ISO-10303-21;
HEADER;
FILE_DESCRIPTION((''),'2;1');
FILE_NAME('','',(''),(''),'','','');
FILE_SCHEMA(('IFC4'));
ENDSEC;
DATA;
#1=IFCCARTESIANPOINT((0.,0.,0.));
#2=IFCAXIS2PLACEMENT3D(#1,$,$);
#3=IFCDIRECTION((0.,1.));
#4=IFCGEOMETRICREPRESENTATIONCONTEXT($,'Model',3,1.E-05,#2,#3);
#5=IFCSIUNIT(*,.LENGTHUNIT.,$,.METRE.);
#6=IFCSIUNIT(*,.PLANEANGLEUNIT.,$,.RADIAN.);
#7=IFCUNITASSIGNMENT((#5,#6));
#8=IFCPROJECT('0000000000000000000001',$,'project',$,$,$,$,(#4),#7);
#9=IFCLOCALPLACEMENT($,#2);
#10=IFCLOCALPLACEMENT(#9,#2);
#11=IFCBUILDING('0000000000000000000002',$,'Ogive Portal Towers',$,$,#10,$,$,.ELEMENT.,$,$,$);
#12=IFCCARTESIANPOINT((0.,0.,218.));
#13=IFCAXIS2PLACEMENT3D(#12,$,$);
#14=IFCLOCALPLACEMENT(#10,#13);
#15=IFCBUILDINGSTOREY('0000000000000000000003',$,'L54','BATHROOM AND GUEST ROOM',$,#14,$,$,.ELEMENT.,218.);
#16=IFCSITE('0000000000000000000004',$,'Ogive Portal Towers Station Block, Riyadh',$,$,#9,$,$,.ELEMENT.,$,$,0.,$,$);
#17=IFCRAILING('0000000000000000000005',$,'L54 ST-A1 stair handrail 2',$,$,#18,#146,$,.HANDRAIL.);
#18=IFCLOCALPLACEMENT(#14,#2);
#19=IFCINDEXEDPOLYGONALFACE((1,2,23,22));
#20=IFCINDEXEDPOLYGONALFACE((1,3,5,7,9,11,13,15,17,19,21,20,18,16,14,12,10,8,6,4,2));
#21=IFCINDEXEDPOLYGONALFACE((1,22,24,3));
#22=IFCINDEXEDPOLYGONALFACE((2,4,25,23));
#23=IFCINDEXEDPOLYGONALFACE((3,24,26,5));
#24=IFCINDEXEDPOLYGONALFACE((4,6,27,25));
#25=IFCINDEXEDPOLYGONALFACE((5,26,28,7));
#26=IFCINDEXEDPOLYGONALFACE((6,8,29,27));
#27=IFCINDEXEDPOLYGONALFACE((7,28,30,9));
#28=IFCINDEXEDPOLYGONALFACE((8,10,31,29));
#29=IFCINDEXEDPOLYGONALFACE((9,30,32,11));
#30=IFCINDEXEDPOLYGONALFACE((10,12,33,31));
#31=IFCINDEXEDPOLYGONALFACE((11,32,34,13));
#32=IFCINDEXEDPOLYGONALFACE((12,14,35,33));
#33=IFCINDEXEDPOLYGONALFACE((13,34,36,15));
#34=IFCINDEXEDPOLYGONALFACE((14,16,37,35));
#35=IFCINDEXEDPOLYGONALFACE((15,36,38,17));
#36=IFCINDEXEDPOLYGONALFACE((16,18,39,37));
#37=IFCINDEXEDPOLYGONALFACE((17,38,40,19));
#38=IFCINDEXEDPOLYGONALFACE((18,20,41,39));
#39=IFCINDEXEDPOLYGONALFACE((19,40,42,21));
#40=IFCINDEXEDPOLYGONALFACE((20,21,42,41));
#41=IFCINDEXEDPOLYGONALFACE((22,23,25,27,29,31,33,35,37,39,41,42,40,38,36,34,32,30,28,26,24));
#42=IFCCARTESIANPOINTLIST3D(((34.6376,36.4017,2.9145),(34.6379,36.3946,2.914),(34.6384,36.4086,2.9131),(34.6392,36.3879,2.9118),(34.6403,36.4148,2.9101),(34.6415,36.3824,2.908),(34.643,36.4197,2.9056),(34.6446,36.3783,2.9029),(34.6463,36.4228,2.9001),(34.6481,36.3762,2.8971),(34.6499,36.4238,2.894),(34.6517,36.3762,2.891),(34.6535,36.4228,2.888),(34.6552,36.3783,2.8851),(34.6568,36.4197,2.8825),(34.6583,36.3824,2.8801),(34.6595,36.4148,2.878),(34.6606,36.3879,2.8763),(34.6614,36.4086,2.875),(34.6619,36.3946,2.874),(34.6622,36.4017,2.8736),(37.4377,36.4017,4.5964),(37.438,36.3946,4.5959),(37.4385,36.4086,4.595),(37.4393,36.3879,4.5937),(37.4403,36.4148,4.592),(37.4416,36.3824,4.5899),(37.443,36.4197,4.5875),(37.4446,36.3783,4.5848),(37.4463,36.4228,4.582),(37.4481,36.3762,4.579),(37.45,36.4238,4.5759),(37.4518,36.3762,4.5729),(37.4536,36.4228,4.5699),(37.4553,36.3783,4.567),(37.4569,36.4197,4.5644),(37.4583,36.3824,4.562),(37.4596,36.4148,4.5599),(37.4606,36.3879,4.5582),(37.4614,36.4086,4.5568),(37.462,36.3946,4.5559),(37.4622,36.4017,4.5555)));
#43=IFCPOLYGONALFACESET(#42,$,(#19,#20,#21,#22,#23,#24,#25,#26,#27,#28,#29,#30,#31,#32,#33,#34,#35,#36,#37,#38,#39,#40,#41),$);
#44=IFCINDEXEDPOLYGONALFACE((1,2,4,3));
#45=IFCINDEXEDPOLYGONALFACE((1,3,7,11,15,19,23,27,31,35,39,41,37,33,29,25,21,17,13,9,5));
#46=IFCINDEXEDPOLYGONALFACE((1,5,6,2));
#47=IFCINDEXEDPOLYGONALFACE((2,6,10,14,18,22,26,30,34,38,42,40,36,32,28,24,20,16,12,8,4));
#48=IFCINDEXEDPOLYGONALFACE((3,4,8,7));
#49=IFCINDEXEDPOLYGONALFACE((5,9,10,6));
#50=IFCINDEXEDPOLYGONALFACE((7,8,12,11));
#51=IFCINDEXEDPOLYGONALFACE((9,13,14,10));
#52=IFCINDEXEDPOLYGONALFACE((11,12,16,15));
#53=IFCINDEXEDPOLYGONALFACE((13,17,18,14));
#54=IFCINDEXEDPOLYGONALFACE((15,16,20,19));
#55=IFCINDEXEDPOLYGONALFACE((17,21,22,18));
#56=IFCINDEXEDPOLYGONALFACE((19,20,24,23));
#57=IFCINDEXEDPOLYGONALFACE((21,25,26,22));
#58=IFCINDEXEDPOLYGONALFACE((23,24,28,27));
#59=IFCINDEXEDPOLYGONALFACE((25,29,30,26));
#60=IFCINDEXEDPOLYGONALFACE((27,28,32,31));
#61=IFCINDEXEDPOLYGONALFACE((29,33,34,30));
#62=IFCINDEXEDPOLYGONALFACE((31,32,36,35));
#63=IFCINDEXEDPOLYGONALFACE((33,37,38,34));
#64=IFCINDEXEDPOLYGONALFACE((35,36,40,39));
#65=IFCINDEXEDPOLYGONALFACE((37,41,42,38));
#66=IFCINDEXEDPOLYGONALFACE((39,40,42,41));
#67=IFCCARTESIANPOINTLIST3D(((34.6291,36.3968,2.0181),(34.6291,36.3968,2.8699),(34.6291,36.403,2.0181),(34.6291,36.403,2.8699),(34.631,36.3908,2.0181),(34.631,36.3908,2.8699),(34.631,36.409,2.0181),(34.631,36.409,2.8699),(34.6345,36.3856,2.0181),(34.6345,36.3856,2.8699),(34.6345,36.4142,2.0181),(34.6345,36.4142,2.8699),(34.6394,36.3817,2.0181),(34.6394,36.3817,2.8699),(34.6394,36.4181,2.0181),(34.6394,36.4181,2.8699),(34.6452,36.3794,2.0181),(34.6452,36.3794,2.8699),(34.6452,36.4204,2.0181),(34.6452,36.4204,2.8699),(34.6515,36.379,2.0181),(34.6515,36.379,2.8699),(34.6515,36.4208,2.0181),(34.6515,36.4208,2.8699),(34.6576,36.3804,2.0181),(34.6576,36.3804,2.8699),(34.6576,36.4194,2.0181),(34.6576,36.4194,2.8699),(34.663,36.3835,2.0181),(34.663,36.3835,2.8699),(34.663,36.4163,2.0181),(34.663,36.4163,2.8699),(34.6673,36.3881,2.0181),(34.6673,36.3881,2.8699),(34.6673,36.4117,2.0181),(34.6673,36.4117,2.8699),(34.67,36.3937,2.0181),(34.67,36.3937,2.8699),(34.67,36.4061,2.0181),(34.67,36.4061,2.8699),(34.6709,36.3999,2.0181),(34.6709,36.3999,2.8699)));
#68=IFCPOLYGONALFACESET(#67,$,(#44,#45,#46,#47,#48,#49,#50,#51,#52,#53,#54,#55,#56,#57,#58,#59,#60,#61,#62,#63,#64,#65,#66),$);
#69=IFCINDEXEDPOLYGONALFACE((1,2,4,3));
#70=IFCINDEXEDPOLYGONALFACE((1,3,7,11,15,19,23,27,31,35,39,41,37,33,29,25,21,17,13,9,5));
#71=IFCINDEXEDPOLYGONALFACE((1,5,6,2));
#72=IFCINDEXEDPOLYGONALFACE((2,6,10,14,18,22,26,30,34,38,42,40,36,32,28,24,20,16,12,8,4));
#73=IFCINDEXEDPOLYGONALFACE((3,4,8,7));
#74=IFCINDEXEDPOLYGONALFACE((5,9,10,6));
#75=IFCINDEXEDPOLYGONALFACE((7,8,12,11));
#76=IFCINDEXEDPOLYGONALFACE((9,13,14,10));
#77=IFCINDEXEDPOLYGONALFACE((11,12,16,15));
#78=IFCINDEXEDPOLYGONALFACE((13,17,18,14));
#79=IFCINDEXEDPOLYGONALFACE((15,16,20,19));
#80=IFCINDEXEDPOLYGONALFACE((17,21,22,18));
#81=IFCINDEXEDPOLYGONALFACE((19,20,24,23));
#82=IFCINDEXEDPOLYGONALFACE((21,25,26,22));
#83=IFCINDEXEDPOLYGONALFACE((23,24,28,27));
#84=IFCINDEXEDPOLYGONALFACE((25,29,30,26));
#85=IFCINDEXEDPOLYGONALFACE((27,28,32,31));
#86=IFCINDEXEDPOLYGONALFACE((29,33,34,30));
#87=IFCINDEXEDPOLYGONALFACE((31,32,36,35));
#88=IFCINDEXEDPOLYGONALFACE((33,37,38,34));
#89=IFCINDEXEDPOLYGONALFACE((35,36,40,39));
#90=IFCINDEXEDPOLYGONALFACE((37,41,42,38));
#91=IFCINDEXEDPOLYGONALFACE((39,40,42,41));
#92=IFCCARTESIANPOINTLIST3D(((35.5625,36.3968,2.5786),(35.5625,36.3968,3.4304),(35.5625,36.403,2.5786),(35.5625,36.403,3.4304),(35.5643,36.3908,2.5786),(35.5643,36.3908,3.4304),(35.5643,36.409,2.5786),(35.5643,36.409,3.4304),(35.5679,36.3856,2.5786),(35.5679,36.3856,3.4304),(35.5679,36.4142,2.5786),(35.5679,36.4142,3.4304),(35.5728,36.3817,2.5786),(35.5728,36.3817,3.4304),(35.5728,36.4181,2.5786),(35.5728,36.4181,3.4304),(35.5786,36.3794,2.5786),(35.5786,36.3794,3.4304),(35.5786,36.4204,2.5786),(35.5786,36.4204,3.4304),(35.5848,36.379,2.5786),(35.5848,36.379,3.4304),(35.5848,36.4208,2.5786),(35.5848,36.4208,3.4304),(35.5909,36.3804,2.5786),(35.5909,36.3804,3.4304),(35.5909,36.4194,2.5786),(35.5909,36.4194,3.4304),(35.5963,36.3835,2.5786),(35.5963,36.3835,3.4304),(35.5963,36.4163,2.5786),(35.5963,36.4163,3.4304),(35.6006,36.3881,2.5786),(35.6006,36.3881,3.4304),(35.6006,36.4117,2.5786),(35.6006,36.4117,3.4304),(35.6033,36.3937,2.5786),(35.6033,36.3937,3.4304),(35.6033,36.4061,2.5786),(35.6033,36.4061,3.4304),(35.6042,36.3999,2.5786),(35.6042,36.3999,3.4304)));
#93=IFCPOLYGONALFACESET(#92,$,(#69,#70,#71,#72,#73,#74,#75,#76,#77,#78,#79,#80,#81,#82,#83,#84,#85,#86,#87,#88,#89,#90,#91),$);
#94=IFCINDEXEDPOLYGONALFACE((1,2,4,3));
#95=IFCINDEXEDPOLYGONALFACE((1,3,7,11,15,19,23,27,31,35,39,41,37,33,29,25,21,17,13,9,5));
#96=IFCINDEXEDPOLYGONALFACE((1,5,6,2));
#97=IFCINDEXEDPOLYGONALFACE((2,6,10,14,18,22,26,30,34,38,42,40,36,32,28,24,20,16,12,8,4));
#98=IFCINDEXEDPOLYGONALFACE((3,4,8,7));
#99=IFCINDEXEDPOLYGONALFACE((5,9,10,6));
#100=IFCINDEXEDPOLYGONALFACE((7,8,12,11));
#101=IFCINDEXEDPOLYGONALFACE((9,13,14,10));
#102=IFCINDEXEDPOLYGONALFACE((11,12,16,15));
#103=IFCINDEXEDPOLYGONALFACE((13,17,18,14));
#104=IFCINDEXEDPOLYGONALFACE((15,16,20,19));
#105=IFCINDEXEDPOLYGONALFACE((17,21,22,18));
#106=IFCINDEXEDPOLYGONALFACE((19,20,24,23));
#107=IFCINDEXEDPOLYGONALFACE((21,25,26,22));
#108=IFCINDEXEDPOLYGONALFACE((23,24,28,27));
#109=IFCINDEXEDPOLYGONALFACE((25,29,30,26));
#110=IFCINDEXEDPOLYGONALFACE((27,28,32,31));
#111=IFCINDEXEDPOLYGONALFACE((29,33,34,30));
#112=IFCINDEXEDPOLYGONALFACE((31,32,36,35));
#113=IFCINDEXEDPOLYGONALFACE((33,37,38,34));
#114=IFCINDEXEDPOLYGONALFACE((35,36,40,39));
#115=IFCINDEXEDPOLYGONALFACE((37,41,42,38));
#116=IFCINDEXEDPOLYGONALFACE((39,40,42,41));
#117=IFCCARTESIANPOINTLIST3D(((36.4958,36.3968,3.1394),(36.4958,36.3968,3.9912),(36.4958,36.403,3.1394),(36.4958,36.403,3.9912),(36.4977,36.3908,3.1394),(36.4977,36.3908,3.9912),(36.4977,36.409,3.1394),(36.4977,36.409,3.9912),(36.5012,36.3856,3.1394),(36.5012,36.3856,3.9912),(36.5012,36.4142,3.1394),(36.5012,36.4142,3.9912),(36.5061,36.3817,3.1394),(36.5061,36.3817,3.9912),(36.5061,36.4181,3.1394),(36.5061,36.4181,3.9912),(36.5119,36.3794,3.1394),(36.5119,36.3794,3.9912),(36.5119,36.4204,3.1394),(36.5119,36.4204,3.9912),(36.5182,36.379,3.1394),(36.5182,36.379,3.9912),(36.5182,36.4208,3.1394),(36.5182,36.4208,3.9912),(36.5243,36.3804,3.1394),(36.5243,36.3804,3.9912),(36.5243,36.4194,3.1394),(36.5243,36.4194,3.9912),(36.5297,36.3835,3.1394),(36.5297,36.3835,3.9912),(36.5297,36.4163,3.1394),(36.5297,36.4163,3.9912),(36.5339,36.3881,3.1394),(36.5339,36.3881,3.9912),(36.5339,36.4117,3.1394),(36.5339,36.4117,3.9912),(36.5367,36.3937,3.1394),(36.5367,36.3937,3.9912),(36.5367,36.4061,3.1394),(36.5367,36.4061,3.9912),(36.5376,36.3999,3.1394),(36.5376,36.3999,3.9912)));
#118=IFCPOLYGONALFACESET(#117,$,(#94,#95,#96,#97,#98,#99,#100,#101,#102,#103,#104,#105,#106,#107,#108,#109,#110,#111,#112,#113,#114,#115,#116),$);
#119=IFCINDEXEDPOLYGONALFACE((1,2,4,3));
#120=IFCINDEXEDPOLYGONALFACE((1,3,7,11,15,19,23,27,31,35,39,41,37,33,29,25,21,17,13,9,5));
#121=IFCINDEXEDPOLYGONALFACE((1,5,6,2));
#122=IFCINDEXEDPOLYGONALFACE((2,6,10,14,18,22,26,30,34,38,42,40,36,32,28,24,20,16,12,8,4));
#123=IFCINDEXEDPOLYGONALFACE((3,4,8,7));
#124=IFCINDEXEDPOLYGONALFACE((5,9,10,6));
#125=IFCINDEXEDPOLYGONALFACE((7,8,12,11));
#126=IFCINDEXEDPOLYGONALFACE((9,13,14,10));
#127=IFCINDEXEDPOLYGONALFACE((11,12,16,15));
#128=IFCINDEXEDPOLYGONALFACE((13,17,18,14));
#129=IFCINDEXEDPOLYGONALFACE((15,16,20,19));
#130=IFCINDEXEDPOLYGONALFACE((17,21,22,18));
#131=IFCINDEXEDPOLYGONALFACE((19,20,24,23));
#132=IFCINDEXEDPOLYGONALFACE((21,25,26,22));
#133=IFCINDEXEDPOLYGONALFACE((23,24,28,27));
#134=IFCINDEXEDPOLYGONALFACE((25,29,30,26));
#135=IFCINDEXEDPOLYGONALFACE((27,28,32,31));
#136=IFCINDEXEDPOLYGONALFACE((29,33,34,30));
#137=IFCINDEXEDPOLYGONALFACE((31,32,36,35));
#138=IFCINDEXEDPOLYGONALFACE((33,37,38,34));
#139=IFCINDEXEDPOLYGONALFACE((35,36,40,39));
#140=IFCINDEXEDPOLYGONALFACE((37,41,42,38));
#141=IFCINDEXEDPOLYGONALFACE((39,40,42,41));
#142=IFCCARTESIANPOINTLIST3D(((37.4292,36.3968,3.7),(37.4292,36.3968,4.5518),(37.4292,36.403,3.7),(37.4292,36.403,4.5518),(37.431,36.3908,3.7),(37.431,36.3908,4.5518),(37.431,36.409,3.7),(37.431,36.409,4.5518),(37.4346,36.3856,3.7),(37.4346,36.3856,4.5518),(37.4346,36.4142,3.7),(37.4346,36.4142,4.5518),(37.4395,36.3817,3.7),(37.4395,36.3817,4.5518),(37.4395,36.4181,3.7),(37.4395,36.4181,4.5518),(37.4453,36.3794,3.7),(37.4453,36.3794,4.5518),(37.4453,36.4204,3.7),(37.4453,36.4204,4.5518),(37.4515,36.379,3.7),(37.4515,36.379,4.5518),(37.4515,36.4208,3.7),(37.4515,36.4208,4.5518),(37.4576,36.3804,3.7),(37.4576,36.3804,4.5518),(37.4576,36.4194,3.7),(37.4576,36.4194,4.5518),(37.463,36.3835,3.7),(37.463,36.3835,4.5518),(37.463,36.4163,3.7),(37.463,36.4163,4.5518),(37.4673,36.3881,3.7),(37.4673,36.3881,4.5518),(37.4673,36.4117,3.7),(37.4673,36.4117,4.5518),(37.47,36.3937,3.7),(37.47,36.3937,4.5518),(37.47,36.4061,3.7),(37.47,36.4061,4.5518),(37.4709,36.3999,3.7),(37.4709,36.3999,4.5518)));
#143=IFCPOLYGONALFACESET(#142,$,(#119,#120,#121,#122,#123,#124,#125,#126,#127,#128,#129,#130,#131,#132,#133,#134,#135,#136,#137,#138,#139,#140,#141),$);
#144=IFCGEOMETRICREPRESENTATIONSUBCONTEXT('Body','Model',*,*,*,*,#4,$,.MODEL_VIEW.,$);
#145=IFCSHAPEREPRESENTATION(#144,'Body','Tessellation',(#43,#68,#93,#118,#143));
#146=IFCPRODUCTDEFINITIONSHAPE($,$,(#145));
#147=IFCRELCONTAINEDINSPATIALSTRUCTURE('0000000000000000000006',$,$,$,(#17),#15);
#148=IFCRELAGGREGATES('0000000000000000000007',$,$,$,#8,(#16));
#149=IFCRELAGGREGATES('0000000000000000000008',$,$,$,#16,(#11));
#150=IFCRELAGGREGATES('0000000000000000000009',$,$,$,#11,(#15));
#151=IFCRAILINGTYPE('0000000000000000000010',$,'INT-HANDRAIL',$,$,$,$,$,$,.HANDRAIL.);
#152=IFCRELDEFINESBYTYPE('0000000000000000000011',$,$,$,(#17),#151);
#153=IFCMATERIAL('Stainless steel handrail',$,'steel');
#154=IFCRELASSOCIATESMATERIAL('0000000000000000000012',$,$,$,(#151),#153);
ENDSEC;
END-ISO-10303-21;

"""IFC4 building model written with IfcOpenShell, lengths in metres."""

from ifc_helpers import new_model, si_unit, direction, frame, origin, origin_2d, place, context, subcontext, project, spatial, circle, extrude, material, type_object, element, save


model = new_model("IFC4")

# Units and contexts
model_context = context("Model", 3, precision=1e-05, world=origin(), true_north=direction((0.0, 1.0)))
body_context = subcontext(model_context, "Body", "Model", "MODEL_VIEW")
ifc_project = project(units=[si_unit("LENGTHUNIT", "METRE"), si_unit("PLANEANGLEUNIT", "RADIAN")], contexts=[model_context])

# Site, building, storey
site_placement = place(None, origin())
site = spatial("IfcSite", under=ifc_project, at=site_placement, Name="Ogive Portal Towers Station Block, Riyadh", CompositionType="ELEMENT", RefElevation=0.0)
building_placement = place(site_placement, origin())
building = spatial("IfcBuilding", under=site, at=building_placement, Name="Ogive Portal Towers", CompositionType="ELEMENT")
storey_placement = place(building_placement, frame((0.0, 0.0, 218.0)))
storey = spatial("IfcBuildingStorey", under=building, at=storey_placement, Name="L54", Description="BATHROOM AND GUEST ROOM", CompositionType="ELEMENT", Elevation=218.0)

# Railing
ifc_material_1 = material(Name="Stainless steel handrail", Category="steel")
railing_type_1 = type_object("IfcRailingType", Name="INT-HANDRAIL", PredefinedType="HANDRAIL", material=ifc_material_1)
railing_1_placement = place(storey_placement, frame((34.6499, 36.3999, 2.0181)))
element("IfcRailing", 1, at=railing_1_placement, inside=storey, type_object=railing_type_1, Name="L54 ST-A1 stair handrail 2", PredefinedType="HANDRAIL", context=body_context, shape_type="SweptSolid", body=[
    extrude(circle(Radius=0.0239, at=origin_2d()), frame((0.0, 0.0, 0.876), z_axis=(0.857242, 0.0, 0.514913), x_axis=(0.0, 1.0, 0.0)), (0.0, 0.0, 1.0), 3.2664),
    extrude(circle(Radius=0.021, at=origin_2d()), origin(), (0.0, 0.0, 1.0), 0.8518),
    extrude(circle(Radius=0.021, at=origin_2d()), frame((0.9333, 0.0, 0.5605)), (0.0, 0.0, 1.0), 0.8518),
    extrude(circle(Radius=0.021, at=origin_2d()), frame((1.8667, 0.0, 1.1213)), (0.0, 0.0, 1.0), 0.8518),
    extrude(circle(Radius=0.021, at=origin_2d()), frame((2.8, 0.0, 1.6819)), (0.0, 0.0, 1.0), 0.8518),
])

save(model, "model.ifc")
